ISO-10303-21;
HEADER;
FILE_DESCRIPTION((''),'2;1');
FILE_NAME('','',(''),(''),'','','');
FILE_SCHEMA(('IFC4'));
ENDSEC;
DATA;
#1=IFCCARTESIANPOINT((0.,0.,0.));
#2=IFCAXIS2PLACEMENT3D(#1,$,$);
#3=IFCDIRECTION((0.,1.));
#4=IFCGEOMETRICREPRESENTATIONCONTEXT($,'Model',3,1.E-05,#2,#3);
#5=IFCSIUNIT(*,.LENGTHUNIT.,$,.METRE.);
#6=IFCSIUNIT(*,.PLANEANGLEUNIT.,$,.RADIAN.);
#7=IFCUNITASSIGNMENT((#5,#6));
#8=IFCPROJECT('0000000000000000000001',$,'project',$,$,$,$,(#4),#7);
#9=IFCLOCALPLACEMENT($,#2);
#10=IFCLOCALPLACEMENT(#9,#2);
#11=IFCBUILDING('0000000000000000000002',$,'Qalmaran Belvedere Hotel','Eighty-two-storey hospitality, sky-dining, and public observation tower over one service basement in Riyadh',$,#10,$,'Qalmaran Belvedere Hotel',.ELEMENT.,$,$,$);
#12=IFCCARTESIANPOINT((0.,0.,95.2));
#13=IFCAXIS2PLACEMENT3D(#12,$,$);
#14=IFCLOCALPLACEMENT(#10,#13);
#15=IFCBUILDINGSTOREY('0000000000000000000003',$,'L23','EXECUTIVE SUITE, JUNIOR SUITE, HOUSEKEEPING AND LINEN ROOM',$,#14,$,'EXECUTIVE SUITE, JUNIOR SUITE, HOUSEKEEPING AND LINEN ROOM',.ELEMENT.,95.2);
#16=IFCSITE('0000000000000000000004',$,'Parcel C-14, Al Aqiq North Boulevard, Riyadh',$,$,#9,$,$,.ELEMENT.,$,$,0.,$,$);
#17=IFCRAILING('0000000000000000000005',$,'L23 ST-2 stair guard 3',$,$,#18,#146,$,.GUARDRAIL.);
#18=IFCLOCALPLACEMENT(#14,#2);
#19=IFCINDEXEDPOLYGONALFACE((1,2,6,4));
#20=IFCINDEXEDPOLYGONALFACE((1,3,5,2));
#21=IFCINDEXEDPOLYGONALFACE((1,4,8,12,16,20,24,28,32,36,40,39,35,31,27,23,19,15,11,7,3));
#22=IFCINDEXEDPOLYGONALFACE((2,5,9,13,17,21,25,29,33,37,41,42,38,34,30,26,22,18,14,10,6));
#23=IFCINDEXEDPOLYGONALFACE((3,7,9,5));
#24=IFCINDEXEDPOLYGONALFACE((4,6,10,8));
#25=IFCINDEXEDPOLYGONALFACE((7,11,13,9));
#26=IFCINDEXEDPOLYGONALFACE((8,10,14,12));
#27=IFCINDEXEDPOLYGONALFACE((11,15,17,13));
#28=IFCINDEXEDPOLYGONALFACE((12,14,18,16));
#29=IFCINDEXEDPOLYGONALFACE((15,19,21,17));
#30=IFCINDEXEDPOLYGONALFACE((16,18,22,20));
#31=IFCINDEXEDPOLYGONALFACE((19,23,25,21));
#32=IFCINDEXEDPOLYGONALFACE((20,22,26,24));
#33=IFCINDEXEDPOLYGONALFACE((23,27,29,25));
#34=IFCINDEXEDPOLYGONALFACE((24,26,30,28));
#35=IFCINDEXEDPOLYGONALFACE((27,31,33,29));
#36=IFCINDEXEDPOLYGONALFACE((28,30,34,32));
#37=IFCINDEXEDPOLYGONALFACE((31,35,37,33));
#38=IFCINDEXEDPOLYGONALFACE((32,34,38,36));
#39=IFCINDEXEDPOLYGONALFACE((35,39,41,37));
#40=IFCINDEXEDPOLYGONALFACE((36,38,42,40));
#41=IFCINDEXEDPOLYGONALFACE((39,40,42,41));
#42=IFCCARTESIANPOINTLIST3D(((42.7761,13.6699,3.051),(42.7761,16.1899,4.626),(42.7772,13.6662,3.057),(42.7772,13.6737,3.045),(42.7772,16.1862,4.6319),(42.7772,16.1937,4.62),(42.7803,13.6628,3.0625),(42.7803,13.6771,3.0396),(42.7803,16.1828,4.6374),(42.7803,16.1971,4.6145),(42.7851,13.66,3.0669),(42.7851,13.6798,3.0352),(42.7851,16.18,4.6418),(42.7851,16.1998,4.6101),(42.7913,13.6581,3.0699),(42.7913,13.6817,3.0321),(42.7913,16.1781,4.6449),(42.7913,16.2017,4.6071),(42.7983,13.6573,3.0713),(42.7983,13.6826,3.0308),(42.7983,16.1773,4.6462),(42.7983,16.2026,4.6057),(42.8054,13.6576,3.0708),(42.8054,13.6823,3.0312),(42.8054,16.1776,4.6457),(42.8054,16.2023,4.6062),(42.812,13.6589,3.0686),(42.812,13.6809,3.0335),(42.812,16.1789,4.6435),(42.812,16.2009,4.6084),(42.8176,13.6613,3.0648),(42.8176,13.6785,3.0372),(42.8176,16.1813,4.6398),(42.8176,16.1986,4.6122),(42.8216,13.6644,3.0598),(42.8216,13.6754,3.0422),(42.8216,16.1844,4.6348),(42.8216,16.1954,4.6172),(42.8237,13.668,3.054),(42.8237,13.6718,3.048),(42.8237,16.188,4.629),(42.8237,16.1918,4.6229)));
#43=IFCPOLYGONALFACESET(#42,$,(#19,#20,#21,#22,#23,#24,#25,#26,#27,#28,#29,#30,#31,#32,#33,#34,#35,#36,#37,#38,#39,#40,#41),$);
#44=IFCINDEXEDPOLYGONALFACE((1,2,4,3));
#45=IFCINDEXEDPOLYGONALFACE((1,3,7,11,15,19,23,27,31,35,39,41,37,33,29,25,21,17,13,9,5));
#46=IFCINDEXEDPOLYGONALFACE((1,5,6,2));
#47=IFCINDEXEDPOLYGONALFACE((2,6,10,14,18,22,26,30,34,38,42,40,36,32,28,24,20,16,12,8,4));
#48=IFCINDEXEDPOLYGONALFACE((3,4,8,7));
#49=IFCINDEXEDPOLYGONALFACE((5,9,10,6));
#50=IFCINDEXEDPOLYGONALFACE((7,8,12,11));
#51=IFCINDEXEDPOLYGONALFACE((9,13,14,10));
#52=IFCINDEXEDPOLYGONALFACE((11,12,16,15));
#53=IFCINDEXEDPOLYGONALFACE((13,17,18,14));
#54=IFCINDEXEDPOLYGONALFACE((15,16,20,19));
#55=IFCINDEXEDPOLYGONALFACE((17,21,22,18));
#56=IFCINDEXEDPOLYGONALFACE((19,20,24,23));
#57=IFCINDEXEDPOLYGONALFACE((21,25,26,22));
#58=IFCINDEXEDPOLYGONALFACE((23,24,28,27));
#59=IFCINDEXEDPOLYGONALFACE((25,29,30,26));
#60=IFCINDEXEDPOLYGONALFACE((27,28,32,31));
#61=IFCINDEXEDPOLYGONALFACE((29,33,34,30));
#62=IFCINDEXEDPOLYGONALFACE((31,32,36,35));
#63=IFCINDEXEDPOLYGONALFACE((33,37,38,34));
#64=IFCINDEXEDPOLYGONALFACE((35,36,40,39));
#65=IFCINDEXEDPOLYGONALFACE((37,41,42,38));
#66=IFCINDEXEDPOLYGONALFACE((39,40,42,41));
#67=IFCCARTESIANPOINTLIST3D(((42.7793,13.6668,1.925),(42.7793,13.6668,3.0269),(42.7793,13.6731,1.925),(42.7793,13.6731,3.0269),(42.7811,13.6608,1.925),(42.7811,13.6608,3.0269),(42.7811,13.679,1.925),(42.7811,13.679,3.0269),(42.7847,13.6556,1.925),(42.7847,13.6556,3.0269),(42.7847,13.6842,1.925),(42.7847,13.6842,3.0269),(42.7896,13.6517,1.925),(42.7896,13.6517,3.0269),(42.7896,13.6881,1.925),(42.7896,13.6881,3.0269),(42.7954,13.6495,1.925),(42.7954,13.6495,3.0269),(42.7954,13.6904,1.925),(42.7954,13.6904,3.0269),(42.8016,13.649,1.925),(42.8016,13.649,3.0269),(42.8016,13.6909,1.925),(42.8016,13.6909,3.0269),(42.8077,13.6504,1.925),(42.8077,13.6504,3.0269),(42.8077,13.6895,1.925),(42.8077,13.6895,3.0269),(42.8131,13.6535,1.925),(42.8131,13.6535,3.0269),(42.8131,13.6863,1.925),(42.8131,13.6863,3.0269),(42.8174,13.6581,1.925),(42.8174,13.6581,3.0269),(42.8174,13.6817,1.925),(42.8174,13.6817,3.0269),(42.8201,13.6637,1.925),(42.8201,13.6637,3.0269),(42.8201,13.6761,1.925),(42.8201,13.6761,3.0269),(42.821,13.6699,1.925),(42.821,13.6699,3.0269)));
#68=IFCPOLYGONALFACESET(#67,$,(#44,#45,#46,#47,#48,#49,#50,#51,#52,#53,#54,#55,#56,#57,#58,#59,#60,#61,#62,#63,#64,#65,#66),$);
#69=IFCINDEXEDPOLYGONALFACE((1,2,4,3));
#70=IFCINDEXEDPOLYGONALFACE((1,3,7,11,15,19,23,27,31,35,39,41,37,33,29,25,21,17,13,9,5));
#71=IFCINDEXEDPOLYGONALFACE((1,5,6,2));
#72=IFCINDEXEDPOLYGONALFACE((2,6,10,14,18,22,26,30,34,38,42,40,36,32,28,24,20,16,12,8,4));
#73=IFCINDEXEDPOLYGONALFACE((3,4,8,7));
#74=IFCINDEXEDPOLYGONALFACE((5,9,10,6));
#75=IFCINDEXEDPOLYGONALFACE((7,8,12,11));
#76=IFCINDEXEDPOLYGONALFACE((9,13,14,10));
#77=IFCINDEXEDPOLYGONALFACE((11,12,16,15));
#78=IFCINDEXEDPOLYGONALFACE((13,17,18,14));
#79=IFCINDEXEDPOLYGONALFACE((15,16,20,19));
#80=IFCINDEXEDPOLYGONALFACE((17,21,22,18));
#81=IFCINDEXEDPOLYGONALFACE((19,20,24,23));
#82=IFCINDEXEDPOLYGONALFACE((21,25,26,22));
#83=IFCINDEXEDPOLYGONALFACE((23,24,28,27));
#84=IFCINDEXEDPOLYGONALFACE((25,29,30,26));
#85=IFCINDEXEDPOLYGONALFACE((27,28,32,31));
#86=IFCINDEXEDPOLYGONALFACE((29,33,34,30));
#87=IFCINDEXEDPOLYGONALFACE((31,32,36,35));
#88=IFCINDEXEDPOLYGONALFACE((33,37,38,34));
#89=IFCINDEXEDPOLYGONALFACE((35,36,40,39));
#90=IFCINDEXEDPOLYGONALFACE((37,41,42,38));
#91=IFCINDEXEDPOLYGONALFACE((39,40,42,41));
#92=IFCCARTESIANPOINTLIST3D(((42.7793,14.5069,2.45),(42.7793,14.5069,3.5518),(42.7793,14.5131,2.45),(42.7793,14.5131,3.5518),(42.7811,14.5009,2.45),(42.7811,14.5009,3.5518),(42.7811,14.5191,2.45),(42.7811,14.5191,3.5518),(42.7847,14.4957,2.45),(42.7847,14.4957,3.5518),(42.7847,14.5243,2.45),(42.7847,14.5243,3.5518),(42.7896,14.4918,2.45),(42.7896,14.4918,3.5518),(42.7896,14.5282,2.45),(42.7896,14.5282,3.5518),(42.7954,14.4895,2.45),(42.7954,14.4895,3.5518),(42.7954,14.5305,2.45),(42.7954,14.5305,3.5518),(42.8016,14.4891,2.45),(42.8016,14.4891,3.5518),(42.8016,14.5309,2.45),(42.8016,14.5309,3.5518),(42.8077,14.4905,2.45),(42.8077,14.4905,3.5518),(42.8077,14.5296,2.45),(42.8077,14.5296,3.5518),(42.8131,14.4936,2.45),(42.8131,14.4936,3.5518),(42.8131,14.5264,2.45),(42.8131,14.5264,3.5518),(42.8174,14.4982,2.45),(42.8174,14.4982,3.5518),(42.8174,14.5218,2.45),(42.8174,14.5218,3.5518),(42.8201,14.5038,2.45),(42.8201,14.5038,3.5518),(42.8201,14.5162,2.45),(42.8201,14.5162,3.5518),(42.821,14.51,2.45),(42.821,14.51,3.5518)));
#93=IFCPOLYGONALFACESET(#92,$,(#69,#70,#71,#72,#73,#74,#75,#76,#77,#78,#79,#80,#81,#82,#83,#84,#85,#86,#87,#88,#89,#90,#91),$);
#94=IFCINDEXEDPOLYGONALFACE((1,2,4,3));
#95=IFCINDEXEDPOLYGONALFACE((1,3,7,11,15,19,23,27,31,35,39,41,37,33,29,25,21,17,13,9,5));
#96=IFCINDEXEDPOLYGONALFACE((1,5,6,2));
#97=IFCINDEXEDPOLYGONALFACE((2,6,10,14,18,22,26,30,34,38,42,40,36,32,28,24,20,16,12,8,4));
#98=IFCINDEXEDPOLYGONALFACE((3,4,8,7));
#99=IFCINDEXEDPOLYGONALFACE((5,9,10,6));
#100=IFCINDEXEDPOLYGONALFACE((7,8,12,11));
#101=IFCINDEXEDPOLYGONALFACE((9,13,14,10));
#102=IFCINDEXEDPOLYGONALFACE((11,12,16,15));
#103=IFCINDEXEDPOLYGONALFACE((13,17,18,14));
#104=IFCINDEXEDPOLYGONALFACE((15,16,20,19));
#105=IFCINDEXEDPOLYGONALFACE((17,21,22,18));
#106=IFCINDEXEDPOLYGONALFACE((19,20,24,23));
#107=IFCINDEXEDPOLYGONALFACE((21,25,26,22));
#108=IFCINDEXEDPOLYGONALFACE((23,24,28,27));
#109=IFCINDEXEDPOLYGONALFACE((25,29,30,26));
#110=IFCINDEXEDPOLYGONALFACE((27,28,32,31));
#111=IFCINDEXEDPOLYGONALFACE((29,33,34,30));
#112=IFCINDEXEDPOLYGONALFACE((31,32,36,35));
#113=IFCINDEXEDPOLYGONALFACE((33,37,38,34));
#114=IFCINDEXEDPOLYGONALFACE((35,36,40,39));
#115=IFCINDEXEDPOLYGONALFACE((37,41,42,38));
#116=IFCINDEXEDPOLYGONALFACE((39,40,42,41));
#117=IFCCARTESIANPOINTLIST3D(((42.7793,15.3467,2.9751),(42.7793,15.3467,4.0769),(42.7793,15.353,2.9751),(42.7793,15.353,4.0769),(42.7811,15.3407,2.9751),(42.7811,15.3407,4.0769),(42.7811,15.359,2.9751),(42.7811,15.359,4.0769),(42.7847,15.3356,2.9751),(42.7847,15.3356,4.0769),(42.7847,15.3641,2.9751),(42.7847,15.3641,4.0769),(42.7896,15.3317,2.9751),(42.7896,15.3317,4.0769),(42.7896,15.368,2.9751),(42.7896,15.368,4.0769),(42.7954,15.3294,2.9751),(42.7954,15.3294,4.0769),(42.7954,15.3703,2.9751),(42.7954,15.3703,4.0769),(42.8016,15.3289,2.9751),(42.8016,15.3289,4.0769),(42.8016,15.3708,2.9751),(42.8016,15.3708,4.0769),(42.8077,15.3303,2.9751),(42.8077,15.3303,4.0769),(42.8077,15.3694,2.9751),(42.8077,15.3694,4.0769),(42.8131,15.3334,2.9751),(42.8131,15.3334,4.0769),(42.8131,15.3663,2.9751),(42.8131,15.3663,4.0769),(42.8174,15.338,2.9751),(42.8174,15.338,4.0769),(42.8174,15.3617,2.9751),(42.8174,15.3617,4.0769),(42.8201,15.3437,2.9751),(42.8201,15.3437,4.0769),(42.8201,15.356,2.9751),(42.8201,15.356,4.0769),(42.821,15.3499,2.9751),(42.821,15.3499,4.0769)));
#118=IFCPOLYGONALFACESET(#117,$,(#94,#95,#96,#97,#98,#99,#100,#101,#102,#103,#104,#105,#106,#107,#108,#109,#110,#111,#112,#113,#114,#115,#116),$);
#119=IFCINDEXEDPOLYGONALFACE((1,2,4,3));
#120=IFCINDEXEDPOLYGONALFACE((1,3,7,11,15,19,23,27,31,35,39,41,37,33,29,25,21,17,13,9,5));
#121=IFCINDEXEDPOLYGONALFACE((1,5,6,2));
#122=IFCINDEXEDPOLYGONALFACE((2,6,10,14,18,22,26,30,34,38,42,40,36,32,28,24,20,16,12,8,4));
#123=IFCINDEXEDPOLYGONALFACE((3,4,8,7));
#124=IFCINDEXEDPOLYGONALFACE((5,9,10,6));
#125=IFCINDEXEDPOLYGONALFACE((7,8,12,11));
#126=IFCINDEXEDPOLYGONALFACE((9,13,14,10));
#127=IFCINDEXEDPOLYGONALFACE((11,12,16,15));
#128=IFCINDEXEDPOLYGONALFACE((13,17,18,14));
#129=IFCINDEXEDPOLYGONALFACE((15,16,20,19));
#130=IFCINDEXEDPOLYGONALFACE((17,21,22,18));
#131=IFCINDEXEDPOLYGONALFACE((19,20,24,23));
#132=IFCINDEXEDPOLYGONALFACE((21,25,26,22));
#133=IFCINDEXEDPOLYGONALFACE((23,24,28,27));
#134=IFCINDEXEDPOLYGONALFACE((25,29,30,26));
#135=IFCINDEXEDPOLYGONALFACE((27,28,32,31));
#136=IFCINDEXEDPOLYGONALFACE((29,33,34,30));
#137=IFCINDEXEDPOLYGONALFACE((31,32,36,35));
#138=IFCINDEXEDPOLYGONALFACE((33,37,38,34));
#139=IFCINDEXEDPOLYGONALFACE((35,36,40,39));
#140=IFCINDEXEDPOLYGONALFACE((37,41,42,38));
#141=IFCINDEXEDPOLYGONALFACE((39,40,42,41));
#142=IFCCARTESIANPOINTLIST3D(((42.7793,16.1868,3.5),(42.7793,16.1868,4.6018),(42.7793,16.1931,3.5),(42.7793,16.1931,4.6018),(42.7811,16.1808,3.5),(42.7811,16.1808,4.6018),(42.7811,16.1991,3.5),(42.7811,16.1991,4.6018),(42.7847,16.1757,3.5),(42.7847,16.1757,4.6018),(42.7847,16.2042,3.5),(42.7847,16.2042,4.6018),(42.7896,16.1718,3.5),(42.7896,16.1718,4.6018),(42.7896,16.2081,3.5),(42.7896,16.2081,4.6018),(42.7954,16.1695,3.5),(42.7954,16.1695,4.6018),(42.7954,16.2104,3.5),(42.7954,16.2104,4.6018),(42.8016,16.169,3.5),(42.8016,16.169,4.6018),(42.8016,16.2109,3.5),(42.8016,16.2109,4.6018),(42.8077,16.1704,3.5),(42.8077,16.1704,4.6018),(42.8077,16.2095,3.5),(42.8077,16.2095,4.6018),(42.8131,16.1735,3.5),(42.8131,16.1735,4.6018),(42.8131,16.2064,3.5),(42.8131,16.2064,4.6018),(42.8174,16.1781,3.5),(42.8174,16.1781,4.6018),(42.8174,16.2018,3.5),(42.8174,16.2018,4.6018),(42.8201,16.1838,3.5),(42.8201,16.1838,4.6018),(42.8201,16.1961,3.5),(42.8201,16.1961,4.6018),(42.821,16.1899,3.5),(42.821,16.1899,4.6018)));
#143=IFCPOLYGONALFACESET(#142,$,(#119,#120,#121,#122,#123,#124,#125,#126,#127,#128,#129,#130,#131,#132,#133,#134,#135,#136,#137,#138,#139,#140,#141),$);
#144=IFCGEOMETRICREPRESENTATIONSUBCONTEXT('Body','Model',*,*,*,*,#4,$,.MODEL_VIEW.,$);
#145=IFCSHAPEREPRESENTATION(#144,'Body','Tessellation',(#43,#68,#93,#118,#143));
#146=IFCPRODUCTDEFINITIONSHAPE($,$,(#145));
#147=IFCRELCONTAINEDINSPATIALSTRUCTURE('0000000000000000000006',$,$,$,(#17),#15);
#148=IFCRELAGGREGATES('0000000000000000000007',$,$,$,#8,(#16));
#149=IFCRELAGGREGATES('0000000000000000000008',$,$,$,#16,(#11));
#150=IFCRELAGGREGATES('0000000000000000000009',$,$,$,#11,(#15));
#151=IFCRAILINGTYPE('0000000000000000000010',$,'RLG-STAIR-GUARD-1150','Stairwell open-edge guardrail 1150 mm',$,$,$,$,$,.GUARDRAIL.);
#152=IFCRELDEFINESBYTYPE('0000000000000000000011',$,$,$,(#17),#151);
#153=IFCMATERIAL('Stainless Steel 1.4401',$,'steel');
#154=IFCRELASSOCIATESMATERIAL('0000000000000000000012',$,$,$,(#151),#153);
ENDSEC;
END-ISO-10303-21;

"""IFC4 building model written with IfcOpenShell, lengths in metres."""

from ifc_helpers import new_model, si_unit, direction, frame, origin, origin_2d, place, context, subcontext, project, spatial, circle, extrude, material, type_object, element, save


model = new_model("IFC4")

# Units and contexts
model_context = context("Model", 3, precision=1e-05, world=origin(), true_north=direction((0.0, 1.0)))
body_context = subcontext(model_context, "Body", "Model", "MODEL_VIEW")
ifc_project = project(units=[si_unit("LENGTHUNIT", "METRE"), si_unit("PLANEANGLEUNIT", "RADIAN")], contexts=[model_context])

# Site, building, storey
site_placement = place(None, origin())
site = spatial("IfcSite", under=ifc_project, at=site_placement, Name="Parcel C-14, Al Aqiq North Boulevard, Riyadh", CompositionType="ELEMENT", RefElevation=0.0)
building_placement = place(site_placement, origin())
building = spatial("IfcBuilding", under=site, at=building_placement, Name="Qalmaran Belvedere Hotel", Description="Eighty-two-storey hospitality, sky-dining, and public observation tower over one service basement in Riyadh", LongName="Qalmaran Belvedere Hotel", CompositionType="ELEMENT")
storey_placement = place(building_placement, frame((0.0, 0.0, 95.2)))
storey = spatial("IfcBuildingStorey", under=building, at=storey_placement, Name="L23", Description="EXECUTIVE SUITE, JUNIOR SUITE, HOUSEKEEPING AND LINEN ROOM", LongName="EXECUTIVE SUITE, JUNIOR SUITE, HOUSEKEEPING AND LINEN ROOM", CompositionType="ELEMENT", Elevation=95.2)

# Shared definitions
ifc_material_1 = material(Name="Stainless Steel 1.4401", Category="steel")

# Railing
railing_type_1 = type_object("IfcRailingType", Name="RLG-STAIR-GUARD-1150", Description="Stairwell open-edge guardrail 1150 mm", PredefinedType="GUARDRAIL", material=ifc_material_1)
railing_1_placement = place(storey_placement, frame((42.8, 13.6699, 1.925)))
element("IfcRailing", 1, at=railing_1_placement, inside=storey, type_object=railing_type_1, Name="L23 ST-2 stair guard 3", PredefinedType="GUARDRAIL", context=body_context, shape_type="SweptSolid", body=[
    extrude(circle(Radius=0.0239, at=origin_2d()), frame((0.0, 0.0, 1.126), z_axis=(0.0, 0.848008, 0.529984), x_axis=(-1.0, 0.0, 0.0)), (0.0, 0.0, 1.0), 2.9717),
    extrude(circle(Radius=0.021, at=origin_2d()), origin(), (0.0, 0.0, 1.0), 1.1018),
    extrude(circle(Radius=0.021, at=origin_2d()), frame((0.0, 0.8401, 0.5249)), (0.0, 0.0, 1.0), 1.1018),
    extrude(circle(Radius=0.021, at=origin_2d()), frame((0.0, 1.6799, 1.05)), (0.0, 0.0, 1.0), 1.1018),
    extrude(circle(Radius=0.021, at=origin_2d()), frame((0.0, 2.52, 1.575)), (0.0, 0.0, 1.0), 1.1018),
])

save(model, "model.ifc")
